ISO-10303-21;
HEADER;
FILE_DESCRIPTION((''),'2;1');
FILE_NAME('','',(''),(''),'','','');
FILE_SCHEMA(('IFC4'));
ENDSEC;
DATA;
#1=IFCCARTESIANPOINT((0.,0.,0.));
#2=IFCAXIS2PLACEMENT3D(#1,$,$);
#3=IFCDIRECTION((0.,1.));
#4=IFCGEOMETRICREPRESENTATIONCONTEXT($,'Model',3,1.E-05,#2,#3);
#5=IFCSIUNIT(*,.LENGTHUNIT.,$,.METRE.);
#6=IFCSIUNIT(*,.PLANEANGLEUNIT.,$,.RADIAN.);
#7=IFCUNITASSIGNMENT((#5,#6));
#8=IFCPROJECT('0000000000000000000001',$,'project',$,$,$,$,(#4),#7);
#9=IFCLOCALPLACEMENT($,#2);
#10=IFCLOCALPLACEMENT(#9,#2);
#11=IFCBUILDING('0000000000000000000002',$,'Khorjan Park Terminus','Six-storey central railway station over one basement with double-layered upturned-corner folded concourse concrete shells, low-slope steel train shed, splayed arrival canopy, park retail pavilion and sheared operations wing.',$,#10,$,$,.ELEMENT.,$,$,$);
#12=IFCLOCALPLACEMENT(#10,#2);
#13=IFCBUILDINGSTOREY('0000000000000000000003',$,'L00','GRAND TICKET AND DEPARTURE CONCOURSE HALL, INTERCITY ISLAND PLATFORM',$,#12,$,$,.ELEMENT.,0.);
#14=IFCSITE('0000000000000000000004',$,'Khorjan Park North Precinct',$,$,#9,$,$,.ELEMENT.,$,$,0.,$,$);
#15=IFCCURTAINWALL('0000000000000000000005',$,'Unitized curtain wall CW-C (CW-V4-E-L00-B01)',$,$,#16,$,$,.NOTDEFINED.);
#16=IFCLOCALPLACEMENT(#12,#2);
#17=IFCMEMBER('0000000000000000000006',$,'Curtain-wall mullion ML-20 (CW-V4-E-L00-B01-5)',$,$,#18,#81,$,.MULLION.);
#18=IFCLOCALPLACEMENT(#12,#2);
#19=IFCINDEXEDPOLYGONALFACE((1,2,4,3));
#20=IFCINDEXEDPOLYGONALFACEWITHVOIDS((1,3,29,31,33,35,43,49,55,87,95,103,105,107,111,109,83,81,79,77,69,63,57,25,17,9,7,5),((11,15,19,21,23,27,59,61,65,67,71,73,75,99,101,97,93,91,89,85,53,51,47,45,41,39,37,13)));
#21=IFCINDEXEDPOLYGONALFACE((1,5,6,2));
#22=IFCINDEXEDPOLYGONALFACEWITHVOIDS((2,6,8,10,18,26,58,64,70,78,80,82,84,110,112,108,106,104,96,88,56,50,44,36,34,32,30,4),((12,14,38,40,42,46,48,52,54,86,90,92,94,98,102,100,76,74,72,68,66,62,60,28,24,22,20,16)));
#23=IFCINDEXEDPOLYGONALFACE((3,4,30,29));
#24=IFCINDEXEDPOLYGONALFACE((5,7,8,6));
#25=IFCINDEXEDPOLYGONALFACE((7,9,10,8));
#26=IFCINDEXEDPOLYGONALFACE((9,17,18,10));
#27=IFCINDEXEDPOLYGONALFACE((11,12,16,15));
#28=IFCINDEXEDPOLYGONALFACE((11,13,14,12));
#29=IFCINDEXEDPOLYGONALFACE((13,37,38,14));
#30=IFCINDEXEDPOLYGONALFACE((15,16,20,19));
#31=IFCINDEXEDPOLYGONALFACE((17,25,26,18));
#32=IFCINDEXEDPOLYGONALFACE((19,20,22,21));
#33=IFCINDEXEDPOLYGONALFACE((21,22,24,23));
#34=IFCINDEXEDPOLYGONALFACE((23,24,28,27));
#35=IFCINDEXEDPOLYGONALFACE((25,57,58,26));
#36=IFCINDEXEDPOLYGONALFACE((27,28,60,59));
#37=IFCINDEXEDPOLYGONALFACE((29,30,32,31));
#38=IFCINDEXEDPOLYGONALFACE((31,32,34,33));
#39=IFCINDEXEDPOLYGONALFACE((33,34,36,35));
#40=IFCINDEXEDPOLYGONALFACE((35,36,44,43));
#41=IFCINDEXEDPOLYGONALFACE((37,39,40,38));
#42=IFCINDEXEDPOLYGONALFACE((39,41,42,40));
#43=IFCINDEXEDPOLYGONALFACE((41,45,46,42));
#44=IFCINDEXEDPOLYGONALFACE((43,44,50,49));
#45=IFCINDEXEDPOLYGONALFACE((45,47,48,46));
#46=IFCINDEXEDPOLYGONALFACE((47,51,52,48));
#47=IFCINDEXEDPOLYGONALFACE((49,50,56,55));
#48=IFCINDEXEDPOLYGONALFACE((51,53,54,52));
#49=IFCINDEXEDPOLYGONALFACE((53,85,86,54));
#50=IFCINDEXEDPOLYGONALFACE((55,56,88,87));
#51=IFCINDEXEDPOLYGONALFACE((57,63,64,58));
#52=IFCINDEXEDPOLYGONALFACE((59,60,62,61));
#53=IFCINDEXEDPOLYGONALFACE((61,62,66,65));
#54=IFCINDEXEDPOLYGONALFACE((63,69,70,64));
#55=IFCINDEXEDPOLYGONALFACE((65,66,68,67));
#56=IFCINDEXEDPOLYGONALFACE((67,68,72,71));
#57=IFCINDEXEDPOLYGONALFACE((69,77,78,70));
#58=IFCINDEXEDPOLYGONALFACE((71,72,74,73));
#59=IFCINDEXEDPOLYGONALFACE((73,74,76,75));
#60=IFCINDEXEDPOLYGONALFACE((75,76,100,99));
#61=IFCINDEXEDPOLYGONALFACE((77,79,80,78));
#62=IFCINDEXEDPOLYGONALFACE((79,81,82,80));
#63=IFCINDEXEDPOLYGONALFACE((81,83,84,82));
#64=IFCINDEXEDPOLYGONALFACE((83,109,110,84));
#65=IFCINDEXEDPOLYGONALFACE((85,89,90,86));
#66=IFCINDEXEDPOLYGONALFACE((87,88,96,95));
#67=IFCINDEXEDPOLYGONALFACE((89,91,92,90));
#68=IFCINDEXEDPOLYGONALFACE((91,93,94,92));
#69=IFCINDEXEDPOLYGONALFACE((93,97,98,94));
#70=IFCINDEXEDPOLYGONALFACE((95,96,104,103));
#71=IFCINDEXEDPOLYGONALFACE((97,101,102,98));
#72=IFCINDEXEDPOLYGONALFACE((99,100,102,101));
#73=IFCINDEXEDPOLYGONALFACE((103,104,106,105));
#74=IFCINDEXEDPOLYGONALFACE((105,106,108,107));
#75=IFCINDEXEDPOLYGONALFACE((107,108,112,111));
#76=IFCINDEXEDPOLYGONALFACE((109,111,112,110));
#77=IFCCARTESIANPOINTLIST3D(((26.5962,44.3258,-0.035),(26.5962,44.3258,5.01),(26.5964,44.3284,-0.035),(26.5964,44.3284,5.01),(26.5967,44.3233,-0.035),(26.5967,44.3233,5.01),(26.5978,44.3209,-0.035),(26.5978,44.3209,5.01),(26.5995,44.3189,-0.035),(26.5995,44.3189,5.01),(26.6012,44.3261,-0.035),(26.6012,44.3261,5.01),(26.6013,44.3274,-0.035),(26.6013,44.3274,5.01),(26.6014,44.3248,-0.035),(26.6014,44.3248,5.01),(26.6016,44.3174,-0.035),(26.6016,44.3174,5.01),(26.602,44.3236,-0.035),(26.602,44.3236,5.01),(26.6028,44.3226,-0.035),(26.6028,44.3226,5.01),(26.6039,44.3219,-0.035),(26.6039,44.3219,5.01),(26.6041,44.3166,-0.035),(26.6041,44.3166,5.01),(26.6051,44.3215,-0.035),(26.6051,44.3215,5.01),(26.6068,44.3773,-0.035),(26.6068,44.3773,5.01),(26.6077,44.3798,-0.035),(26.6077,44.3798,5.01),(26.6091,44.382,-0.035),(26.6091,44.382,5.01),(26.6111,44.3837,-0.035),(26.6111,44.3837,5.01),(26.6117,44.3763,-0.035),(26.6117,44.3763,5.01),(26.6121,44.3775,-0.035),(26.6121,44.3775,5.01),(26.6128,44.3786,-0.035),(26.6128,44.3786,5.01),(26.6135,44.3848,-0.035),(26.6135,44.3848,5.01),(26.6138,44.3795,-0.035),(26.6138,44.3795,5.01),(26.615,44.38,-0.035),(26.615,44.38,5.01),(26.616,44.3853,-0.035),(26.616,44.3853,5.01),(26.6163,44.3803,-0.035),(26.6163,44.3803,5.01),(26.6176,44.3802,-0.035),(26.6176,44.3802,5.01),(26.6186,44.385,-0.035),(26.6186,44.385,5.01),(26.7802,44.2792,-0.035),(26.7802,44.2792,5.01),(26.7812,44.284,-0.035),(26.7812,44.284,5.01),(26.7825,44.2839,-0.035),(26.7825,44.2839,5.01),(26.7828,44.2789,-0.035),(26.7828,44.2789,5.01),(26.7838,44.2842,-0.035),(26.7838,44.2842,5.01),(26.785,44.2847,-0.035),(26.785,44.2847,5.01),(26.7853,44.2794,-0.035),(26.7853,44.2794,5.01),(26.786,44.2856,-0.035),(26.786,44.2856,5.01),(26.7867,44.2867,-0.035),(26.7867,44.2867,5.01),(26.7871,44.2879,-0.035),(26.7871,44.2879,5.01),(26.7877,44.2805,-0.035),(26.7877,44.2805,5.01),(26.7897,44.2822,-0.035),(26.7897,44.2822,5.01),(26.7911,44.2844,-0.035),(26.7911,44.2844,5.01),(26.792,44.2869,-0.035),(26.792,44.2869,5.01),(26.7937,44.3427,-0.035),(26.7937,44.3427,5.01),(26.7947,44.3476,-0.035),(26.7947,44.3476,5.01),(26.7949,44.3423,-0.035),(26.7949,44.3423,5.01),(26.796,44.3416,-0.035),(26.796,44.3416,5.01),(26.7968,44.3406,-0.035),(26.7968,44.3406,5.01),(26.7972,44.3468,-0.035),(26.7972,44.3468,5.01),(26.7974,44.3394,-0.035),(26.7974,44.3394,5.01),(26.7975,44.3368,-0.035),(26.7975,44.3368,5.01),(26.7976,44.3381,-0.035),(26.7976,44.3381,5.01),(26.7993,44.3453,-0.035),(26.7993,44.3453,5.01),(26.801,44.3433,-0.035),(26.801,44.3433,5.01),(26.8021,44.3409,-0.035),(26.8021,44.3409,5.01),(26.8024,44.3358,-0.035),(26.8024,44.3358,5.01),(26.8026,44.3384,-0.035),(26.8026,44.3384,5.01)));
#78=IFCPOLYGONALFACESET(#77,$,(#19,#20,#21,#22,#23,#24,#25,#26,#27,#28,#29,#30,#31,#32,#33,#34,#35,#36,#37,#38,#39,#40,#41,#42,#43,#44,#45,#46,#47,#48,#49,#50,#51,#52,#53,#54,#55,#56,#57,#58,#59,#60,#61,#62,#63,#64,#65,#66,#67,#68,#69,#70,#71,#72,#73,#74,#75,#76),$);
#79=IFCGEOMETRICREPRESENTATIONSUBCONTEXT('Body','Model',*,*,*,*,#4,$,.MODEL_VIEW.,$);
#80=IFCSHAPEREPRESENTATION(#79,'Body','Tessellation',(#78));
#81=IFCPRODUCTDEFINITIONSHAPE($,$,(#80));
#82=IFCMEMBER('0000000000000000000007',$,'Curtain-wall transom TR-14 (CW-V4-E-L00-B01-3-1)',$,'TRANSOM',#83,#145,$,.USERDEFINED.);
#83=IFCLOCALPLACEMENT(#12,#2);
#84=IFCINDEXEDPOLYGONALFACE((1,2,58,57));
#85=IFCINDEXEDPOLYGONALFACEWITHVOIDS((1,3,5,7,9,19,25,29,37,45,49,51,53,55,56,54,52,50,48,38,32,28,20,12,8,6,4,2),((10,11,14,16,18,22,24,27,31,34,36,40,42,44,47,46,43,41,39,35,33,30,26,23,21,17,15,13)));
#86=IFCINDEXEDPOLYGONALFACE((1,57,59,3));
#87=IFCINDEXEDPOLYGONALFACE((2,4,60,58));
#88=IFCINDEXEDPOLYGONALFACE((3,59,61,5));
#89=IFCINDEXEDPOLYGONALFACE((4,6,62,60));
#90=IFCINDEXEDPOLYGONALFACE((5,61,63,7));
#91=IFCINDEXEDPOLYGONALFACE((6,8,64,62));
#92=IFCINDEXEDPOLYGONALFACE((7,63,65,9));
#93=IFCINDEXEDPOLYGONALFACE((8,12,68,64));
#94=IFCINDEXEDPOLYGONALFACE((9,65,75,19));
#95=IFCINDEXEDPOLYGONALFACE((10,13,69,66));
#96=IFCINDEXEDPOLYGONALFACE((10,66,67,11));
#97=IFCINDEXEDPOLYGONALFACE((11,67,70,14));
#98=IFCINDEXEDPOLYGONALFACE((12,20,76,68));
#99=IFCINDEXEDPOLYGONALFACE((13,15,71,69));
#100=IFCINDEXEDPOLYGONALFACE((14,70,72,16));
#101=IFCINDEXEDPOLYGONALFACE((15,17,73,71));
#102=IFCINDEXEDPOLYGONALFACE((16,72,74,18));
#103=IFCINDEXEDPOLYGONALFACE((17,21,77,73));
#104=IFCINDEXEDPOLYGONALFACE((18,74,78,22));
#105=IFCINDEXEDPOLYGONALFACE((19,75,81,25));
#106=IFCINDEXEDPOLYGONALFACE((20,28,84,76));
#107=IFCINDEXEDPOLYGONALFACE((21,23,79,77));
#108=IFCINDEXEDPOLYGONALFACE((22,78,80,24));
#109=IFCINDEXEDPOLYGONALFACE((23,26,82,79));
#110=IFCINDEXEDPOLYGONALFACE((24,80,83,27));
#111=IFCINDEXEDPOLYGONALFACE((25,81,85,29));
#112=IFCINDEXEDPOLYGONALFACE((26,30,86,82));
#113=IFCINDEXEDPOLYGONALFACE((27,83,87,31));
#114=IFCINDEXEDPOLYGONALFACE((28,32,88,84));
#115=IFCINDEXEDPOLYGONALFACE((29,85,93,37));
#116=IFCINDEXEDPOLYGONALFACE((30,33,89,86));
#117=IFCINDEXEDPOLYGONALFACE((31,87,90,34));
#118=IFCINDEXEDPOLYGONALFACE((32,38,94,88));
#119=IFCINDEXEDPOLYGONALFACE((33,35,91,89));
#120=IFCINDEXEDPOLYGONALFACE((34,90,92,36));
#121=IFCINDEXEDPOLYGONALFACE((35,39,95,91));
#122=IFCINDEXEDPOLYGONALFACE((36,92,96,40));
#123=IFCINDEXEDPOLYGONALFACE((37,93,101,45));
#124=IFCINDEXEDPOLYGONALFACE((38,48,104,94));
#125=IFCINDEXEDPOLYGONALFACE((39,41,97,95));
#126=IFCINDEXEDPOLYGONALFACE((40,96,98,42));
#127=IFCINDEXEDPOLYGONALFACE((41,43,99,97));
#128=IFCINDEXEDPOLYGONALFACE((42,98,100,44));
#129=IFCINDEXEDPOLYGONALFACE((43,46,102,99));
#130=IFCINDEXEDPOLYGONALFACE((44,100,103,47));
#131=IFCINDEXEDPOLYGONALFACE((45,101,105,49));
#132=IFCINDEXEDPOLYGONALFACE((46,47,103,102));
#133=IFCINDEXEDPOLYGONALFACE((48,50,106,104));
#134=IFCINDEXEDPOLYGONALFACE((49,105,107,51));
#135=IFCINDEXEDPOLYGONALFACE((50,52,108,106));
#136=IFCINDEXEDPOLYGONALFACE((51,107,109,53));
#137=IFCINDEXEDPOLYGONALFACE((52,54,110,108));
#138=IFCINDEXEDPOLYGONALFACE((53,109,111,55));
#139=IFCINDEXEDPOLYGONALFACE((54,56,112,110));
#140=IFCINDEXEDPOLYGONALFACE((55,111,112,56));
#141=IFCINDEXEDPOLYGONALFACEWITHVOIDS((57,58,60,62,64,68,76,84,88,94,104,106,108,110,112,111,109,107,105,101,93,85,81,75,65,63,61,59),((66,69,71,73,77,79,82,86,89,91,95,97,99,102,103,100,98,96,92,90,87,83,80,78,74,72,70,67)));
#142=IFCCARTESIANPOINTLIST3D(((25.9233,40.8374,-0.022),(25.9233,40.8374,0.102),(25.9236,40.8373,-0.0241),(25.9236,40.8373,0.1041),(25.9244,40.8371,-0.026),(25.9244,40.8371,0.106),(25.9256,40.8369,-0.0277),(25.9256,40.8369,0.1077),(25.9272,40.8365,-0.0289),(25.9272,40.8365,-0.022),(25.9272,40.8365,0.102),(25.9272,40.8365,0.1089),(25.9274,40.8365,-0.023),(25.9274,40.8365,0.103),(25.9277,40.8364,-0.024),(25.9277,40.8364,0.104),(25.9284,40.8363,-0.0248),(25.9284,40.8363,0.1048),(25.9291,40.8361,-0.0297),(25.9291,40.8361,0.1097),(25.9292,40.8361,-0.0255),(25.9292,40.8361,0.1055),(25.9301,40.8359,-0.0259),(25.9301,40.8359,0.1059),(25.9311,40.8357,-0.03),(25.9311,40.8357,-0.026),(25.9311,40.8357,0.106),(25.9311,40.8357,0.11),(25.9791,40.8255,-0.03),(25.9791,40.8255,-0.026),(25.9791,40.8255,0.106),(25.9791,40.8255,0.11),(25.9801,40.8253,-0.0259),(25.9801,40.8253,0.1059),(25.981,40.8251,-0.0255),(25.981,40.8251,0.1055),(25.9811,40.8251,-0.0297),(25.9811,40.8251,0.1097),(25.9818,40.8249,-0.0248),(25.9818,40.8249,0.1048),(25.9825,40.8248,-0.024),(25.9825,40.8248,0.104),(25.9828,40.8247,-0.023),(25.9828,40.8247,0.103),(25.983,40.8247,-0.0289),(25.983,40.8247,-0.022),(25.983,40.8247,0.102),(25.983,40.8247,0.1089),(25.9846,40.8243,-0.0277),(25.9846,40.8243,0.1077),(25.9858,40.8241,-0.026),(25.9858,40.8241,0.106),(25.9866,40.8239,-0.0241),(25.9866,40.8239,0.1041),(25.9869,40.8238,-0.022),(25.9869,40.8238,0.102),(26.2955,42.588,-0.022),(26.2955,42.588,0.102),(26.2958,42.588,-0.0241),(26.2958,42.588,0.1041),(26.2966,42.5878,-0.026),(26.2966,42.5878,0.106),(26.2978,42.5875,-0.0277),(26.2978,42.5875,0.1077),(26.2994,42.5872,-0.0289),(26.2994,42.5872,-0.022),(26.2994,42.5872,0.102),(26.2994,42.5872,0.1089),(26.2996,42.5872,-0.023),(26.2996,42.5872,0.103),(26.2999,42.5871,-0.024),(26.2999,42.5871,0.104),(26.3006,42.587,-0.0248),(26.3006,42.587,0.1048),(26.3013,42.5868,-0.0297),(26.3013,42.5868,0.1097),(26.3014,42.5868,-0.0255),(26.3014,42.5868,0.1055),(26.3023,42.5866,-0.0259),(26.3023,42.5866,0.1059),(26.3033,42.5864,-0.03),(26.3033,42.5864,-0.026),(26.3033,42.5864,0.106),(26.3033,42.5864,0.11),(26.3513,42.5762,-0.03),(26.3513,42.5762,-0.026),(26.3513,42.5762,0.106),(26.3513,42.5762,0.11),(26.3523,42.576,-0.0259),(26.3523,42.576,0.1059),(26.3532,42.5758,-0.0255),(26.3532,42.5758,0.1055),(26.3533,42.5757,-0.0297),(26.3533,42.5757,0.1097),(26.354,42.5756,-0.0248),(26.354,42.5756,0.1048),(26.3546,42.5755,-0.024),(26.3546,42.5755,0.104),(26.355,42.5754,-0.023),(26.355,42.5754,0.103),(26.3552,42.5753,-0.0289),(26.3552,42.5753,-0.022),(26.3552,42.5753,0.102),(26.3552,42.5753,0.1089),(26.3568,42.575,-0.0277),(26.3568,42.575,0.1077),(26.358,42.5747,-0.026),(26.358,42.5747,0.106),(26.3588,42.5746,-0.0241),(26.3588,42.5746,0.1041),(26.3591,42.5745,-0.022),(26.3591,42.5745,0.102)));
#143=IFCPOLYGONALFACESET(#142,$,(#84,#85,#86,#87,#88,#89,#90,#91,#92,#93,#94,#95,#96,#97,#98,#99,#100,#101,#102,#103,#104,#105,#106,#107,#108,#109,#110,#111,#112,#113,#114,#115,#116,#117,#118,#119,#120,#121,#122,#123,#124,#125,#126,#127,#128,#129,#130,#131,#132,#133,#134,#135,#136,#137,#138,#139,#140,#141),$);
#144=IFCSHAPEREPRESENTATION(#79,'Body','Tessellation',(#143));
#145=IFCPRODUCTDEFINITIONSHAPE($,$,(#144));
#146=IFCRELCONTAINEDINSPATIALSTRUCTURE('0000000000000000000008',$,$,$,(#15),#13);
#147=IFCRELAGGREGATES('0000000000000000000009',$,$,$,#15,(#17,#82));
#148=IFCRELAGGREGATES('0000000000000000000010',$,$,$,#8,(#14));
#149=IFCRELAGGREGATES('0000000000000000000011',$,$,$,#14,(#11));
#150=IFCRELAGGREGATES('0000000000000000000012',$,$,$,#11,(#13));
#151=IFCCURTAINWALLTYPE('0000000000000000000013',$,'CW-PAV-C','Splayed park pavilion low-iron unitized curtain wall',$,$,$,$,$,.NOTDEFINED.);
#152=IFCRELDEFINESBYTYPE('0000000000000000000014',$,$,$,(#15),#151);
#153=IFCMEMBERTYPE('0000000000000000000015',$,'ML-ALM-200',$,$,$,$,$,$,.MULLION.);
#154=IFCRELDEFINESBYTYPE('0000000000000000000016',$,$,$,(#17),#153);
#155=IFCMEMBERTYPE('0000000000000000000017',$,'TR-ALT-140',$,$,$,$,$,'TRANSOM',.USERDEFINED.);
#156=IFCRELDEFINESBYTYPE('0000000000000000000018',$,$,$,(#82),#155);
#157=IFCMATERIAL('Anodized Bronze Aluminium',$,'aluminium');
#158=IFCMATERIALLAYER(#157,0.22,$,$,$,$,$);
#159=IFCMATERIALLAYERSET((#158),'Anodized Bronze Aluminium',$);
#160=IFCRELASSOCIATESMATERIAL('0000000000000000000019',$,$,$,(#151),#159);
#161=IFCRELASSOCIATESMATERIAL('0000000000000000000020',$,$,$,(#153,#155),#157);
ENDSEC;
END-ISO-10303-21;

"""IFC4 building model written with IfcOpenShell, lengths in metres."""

from ifc_helpers import new_model, si_unit, direction, frame, origin, origin_2d, place, context, subcontext, project, spatial, hollow_rectangle, extrude, material, layer, layer_set, material_profile, profile_set, type_object, element, aggregate, save


model = new_model("IFC4")

# Units and contexts
model_context = context("Model", 3, precision=1e-05, world=origin(), true_north=direction((0.0, 1.0)))
body_context = subcontext(model_context, "Body", "Model", "MODEL_VIEW")
ifc_project = project(units=[si_unit("LENGTHUNIT", "METRE"), si_unit("PLANEANGLEUNIT", "RADIAN")], contexts=[model_context])

# Site, building, storey
site_placement = place(None, origin())
site = spatial("IfcSite", under=ifc_project, at=site_placement, Name="Khorjan Park North Precinct", CompositionType="ELEMENT", RefElevation=0.0)
building_placement = place(site_placement, origin())
building = spatial("IfcBuilding", under=site, at=building_placement, Name="Khorjan Park Terminus", Description="Six-storey central railway station over one basement with double-layered upturned-corner folded concourse concrete shells, low-slope steel train shed, splayed arrival canopy, park retail pavilion and sheared operations wing.", CompositionType="ELEMENT")
storey_placement = place(building_placement, origin())
storey = spatial("IfcBuildingStorey", under=building, at=storey_placement, Name="L00", Description="GRAND TICKET AND DEPARTURE CONCOURSE HALL, INTERCITY ISLAND PLATFORM", CompositionType="ELEMENT", Elevation=0.0)

# Curtain wall, members
ifc_material_1 = material(Name="Anodized Bronze Aluminium", Category="aluminium")
ifc_layer_1 = layer(ifc_material_1, 0.22)
ifc_layer_set_1 = layer_set([ifc_layer_1], Name="Anodized Bronze Aluminium")
curtain_wall_type = type_object("IfcCurtainWallType", Name="CW-PAV-C", Description="Splayed park pavilion low-iron unitized curtain wall", PredefinedType="NOTDEFINED", material=ifc_layer_set_1)
curtain_wall_placement = place(storey_placement, origin())
curtain_wall = element("IfcCurtainWall", 1, at=curtain_wall_placement, inside=storey, type_object=curtain_wall_type, Name="Unitized curtain wall CW-C (CW-V4-E-L00-B01)", PredefinedType="NOTDEFINED")
ifc_material_profile_1 = material_profile(ifc_material_1, hollow_rectangle(XDim=0.07, YDim=0.2, WallThickness=0.005, InnerFilletRadius=0.005, OuterFilletRadius=0.01, at=origin_2d()), Name="ALM 70x200x5")
ifc_profile_set_1 = profile_set([ifc_material_profile_1], Name="Anodized Bronze Aluminium")
member_type_1 = type_object("IfcMemberType", Name="ML-ALM-200", PredefinedType="MULLION", material=ifc_profile_set_1)
member_1_placement = place(storey_placement, frame((26.6994, 44.3321, -0.035), z_axis=(0.0, 0.0, 1.0), x_axis=(0.207917, 0.978147, 0.0)))
member_1 = element("IfcMember", 2, at=member_1_placement, type_object=member_type_1, Name="Curtain-wall mullion ML-20 (CW-V4-E-L00-B01-5)", PredefinedType="MULLION", context=body_context, shape_type="SweptSolid", body=[
    extrude(hollow_rectangle(XDim=0.07, YDim=0.2, WallThickness=0.005, InnerFilletRadius=0.005, OuterFilletRadius=0.01, at=origin_2d()), origin(), (0.0, 0.0, 1.0), 5.045),
])
ifc_material_profile_2 = material_profile(ifc_material_1, hollow_rectangle(XDim=0.065, YDim=0.14, WallThickness=0.004, InnerFilletRadius=0.004, OuterFilletRadius=0.008, at=origin_2d()), Name="ALT 65x140x4")
ifc_profile_set_2 = profile_set([ifc_material_profile_2], Name="Anodized Bronze Aluminium")
member_type_2 = type_object("IfcMemberType", Name="TR-ALT-140", ElementType="TRANSOM", PredefinedType="USERDEFINED", material=ifc_profile_set_2)
member_2_placement = place(storey_placement, frame((25.9551, 40.8306, 0.04), z_axis=(0.207953, 0.978139, 0.0), x_axis=(-0.978139, 0.207953, 0.0)))
member_2 = element("IfcMember", 3, at=member_2_placement, type_object=member_type_2, Name="Curtain-wall transom TR-14 (CW-V4-E-L00-B01-3-1)", ObjectType="TRANSOM", PredefinedType="USERDEFINED", context=body_context, shape_type="SweptSolid", body=[
    extrude(hollow_rectangle(XDim=0.065, YDim=0.14, WallThickness=0.004, InnerFilletRadius=0.004, OuterFilletRadius=0.008, at=origin_2d()), origin(), (0.0, 0.0, 1.0), 1.7898),
])
aggregate(curtain_wall, [member_1, member_2])

save(model, "model.ifc")
